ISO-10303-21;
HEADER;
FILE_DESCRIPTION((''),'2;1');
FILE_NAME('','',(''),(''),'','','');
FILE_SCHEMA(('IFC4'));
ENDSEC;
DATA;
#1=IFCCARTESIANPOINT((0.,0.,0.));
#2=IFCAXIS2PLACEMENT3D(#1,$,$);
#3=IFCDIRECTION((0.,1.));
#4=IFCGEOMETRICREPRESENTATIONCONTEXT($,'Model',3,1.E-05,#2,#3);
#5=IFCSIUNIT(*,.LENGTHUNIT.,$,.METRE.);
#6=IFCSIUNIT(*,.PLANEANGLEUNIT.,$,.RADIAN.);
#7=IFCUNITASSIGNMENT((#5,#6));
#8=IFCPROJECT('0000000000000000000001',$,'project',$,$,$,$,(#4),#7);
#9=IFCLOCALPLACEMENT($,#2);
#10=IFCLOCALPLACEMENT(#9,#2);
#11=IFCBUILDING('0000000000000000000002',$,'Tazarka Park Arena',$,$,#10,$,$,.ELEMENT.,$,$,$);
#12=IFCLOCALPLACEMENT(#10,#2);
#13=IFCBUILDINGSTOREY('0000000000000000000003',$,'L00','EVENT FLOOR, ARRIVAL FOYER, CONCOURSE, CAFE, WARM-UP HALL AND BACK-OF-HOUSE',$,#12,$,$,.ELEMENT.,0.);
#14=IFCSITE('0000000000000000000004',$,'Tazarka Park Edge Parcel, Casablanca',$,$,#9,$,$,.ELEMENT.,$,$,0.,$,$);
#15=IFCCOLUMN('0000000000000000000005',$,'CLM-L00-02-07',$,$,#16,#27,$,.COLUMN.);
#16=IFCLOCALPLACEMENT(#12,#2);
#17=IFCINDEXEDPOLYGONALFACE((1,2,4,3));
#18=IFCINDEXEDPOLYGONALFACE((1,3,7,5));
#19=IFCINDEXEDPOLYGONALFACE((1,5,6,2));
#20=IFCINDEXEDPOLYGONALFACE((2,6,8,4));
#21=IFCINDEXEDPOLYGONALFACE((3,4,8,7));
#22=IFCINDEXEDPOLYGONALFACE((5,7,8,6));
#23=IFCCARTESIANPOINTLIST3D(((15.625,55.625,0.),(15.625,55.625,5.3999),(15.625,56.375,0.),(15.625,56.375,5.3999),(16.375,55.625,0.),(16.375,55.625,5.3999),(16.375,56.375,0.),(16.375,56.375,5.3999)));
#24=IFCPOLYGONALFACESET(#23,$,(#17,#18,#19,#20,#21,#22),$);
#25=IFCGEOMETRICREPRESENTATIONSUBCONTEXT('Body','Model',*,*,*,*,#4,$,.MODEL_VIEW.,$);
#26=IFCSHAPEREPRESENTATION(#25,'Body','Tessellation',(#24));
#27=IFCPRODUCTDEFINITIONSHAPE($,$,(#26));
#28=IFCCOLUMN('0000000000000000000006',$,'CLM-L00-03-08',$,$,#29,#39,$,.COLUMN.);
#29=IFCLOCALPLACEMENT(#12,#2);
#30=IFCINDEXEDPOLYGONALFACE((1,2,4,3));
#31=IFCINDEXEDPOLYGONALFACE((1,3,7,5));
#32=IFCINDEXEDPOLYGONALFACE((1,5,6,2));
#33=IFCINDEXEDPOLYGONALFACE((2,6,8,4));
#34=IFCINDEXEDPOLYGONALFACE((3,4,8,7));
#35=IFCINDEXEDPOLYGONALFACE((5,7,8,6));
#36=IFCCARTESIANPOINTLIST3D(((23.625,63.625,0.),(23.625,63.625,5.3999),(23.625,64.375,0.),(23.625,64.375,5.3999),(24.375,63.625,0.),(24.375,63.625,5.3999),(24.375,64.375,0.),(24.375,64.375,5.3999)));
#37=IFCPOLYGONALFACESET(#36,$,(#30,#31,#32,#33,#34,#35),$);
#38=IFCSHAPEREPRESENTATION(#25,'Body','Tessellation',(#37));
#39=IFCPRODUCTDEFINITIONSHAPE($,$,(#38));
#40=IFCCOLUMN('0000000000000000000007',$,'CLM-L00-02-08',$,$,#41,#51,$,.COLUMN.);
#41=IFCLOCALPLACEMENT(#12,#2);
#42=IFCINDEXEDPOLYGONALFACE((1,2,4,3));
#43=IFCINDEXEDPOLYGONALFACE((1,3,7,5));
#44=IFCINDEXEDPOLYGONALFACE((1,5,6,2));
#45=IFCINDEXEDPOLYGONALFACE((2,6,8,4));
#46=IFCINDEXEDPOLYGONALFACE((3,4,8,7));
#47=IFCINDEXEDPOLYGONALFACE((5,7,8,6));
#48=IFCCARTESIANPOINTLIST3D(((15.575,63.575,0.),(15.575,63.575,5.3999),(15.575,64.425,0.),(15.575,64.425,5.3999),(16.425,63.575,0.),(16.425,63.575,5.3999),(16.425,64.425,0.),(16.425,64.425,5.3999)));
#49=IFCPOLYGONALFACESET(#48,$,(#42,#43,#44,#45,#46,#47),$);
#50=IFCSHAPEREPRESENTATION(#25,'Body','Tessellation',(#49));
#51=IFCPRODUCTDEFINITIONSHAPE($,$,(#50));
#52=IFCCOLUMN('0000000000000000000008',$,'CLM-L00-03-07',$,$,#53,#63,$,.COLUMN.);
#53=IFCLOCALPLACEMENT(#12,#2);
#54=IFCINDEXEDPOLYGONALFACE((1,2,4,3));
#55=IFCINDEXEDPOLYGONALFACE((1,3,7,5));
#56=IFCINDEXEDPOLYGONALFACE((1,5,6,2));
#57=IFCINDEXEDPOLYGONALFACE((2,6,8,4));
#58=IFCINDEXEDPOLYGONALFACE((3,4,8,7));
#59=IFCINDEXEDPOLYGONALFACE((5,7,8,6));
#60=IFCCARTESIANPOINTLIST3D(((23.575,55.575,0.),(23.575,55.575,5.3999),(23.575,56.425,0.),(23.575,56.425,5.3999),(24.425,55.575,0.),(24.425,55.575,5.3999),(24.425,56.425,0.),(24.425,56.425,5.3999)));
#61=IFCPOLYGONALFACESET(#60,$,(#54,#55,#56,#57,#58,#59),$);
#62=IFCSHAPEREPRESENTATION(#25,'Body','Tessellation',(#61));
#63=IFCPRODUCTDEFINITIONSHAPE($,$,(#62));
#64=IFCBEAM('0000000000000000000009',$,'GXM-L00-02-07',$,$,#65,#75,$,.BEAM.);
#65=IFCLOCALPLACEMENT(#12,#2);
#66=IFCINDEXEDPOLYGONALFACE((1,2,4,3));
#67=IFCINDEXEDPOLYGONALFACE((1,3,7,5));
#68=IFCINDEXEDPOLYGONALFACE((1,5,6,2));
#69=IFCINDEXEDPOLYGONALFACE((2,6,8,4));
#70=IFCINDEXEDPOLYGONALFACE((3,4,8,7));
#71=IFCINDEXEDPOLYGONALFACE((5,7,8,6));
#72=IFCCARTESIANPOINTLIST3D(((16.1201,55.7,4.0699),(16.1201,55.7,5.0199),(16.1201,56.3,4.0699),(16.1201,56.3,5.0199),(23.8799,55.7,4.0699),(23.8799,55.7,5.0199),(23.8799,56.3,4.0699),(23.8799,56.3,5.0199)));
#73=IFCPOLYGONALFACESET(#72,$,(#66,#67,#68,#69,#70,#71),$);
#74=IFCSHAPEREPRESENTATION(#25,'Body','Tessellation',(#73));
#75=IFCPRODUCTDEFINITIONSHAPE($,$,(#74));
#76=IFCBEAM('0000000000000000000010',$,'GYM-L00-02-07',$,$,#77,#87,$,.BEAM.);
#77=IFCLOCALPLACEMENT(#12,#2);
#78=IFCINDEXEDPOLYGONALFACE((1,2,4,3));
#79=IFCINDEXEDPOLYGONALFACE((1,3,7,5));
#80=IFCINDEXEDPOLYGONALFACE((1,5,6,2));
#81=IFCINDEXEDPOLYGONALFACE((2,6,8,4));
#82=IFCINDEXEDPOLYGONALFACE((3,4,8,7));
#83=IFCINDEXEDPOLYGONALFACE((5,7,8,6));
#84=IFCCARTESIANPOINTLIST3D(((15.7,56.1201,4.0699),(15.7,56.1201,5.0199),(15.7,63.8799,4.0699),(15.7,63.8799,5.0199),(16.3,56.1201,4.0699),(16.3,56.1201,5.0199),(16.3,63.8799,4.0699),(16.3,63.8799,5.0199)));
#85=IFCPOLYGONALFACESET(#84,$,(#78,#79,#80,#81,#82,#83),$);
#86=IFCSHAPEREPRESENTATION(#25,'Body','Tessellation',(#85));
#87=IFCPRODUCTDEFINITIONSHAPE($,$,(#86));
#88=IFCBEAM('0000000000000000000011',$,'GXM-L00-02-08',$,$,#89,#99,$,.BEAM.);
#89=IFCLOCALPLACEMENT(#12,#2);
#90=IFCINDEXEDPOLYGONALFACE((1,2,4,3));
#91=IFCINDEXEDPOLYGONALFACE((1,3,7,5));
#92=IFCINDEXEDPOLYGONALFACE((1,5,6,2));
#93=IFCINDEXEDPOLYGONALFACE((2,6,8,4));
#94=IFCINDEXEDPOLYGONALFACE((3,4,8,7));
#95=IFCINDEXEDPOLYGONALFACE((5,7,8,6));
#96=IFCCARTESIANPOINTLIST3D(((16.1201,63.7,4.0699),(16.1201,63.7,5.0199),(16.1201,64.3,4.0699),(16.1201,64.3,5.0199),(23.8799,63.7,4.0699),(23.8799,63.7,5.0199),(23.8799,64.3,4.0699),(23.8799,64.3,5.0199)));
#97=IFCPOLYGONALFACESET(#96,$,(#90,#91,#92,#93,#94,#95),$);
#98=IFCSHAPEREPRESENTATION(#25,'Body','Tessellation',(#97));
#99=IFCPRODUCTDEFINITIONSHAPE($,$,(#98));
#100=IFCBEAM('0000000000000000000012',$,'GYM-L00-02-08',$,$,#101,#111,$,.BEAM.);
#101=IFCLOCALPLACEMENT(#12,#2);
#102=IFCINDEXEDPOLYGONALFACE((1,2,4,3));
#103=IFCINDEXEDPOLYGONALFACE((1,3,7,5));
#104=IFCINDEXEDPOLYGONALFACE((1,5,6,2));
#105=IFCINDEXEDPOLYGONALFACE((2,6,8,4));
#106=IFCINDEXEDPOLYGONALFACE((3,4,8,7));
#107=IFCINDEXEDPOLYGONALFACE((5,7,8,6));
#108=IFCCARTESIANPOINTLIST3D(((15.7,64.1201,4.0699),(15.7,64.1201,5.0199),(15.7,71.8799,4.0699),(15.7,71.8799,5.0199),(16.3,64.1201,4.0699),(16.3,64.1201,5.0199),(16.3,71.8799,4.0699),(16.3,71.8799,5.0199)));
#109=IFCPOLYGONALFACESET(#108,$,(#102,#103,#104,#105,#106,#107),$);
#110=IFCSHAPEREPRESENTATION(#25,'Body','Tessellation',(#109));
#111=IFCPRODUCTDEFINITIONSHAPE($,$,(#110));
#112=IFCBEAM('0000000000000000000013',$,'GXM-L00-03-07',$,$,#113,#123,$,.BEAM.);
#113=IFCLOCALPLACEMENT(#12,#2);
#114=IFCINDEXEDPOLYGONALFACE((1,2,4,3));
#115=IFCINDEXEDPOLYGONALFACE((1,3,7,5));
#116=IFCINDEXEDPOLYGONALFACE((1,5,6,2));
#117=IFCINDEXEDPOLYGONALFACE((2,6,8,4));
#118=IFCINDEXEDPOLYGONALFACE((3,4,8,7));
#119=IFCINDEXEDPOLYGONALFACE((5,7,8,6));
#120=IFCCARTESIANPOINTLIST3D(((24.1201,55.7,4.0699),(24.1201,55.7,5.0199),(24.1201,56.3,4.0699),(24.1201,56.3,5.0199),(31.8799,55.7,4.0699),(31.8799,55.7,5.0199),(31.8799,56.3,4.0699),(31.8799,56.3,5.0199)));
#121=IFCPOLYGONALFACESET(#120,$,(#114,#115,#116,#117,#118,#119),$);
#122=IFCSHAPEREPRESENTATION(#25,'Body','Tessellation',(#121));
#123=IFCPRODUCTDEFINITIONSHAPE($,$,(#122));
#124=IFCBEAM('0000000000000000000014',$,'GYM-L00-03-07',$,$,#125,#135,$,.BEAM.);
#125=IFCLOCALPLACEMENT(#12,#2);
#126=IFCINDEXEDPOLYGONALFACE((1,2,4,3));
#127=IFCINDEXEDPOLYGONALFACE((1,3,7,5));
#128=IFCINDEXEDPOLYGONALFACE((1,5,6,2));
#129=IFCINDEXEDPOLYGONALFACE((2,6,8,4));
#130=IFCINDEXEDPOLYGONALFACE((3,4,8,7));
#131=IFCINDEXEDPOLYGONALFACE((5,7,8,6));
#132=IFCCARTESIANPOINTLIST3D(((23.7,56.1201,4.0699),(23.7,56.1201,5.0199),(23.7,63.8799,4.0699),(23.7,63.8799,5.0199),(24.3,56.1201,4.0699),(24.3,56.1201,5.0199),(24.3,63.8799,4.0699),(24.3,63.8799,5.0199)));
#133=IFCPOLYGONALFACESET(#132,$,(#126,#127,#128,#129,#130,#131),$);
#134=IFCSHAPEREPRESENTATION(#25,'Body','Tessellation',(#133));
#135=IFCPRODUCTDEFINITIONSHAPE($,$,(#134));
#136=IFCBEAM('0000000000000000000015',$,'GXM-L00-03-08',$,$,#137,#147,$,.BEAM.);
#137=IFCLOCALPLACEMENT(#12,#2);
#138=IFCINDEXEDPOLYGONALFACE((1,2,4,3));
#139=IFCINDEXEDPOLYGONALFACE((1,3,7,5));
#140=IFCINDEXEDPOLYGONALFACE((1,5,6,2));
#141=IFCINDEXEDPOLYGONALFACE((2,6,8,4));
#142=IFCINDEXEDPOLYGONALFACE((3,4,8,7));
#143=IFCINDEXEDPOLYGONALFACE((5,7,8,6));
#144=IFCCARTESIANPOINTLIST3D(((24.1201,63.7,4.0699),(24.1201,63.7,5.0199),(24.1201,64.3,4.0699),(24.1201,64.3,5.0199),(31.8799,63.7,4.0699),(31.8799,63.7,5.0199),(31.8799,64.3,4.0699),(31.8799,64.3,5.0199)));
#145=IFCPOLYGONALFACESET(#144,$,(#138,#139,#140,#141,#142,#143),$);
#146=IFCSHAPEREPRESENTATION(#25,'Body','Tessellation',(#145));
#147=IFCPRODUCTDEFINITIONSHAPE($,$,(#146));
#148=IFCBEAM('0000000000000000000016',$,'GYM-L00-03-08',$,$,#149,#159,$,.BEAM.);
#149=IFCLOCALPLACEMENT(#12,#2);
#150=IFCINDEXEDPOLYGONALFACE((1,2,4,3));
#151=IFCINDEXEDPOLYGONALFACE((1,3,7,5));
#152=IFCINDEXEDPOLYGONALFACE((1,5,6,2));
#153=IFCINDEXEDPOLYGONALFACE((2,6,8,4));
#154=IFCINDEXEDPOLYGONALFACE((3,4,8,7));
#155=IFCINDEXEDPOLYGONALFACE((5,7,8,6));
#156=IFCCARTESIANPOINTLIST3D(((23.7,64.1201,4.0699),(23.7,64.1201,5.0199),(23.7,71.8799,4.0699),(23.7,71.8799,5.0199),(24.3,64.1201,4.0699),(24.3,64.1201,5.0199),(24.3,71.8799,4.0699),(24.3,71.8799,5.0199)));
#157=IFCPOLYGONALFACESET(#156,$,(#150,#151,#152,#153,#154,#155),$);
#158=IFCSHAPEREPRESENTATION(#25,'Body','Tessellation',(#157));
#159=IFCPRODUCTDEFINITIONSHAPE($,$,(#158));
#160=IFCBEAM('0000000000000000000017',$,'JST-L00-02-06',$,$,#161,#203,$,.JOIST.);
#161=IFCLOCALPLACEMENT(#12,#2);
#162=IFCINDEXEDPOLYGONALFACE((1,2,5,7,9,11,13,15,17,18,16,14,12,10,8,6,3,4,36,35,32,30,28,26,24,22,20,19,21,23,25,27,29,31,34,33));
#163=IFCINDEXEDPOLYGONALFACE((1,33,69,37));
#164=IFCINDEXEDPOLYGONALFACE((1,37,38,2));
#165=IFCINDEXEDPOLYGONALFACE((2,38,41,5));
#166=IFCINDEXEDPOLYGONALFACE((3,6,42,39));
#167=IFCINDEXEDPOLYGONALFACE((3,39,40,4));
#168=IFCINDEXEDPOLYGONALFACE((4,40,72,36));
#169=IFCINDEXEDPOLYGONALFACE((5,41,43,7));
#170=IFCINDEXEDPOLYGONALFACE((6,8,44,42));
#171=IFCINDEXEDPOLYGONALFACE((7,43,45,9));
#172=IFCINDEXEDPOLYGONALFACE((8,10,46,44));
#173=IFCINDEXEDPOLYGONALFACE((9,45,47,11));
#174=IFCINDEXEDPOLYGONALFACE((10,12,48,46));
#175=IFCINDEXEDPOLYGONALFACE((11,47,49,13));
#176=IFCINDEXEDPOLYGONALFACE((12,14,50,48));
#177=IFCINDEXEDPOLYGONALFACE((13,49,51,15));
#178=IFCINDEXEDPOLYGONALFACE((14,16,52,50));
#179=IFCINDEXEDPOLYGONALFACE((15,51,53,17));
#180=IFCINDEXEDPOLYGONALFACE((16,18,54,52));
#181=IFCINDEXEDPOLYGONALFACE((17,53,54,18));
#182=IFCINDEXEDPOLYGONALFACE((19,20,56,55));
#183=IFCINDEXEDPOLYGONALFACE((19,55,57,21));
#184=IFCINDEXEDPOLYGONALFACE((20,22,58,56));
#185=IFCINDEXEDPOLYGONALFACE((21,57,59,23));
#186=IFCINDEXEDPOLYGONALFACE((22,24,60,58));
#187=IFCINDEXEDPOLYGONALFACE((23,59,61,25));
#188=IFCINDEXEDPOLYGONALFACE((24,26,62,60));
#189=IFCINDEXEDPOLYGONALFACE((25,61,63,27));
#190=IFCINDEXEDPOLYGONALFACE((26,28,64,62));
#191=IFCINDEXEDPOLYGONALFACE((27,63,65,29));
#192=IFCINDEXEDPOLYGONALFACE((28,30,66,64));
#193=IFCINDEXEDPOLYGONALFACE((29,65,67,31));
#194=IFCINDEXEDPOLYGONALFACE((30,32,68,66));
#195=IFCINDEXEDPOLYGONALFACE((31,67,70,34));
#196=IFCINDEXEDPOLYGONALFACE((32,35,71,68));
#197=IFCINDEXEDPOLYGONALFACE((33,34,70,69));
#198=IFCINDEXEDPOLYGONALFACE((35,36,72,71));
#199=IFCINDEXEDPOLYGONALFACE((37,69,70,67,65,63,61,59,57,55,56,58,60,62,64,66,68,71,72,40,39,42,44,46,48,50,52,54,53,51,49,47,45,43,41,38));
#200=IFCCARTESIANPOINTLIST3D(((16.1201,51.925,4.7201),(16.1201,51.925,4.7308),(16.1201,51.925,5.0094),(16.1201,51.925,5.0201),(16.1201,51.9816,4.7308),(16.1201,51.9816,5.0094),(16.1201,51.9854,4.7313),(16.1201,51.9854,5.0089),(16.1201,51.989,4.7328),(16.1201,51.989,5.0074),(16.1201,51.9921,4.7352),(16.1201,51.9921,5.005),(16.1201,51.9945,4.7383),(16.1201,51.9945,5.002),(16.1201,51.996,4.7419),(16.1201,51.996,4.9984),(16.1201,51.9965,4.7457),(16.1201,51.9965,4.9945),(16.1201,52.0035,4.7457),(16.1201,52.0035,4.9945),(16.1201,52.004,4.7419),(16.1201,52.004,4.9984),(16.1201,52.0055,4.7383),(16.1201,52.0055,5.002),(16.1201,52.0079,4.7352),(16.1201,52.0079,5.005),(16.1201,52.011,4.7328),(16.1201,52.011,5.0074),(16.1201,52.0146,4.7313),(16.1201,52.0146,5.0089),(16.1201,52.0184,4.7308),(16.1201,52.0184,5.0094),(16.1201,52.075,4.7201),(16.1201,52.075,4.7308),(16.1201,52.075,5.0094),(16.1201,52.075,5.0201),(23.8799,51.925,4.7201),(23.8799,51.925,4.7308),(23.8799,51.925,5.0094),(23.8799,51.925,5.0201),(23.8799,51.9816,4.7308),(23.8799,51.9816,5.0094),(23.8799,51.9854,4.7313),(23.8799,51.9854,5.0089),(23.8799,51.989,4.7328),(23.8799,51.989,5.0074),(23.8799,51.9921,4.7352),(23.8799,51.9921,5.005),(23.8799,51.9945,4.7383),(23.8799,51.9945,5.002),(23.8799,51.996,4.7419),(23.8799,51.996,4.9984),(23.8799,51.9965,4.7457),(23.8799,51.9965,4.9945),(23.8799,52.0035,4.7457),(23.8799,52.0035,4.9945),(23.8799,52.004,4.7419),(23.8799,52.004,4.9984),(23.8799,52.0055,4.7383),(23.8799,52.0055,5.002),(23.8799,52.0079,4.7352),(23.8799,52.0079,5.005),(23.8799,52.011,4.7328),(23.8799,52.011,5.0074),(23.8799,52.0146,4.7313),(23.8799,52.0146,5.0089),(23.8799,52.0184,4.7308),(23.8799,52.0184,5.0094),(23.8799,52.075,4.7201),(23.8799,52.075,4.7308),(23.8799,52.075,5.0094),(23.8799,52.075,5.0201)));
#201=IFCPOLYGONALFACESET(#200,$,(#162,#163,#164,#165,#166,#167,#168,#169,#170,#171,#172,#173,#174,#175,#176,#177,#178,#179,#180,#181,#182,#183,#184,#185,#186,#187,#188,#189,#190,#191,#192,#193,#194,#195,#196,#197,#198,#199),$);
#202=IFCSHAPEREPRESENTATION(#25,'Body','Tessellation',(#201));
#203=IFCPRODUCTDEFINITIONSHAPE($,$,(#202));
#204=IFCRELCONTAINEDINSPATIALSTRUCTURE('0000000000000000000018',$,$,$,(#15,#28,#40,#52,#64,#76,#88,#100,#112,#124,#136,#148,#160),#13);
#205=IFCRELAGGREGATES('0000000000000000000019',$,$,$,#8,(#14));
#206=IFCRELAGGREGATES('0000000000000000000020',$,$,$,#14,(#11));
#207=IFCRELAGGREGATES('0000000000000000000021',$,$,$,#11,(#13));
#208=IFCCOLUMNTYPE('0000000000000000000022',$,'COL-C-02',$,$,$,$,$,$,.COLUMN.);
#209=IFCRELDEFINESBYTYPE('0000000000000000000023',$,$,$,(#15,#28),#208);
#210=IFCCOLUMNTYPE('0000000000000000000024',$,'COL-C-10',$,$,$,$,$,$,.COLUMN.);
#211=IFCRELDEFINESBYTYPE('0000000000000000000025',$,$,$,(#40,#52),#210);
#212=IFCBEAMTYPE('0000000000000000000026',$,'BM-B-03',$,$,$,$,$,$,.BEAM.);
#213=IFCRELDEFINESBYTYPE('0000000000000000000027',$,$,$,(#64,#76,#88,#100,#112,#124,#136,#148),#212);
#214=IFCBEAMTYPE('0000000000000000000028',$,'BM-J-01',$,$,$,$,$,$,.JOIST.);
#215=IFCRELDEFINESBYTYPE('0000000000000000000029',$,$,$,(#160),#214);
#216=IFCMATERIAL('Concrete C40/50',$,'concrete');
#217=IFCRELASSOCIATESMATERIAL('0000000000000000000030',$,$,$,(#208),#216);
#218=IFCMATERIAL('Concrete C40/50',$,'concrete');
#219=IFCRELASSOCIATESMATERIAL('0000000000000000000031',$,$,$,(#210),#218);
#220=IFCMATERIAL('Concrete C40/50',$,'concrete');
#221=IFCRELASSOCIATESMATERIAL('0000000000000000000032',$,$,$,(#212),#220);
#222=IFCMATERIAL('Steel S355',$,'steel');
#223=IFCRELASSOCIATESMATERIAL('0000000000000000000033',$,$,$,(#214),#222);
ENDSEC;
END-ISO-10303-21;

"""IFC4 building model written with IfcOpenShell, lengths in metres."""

from ifc_helpers import new_model, si_unit, direction, frame, origin, origin_2d, place, context, subcontext, project, spatial, rectangle, i_section, extrude, material, material_profile, profile_set, type_object, element, save


model = new_model("IFC4")

# Units and contexts
model_context = context("Model", 3, precision=1e-05, world=origin(), true_north=direction((0.0, 1.0)))
body_context = subcontext(model_context, "Body", "Model", "MODEL_VIEW")
ifc_project = project(units=[si_unit("LENGTHUNIT", "METRE"), si_unit("PLANEANGLEUNIT", "RADIAN")], contexts=[model_context])

# Site, building, storey
site_placement = place(None, origin())
site = spatial("IfcSite", under=ifc_project, at=site_placement, Name="Tazarka Park Edge Parcel, Casablanca", CompositionType="ELEMENT", RefElevation=0.0)
building_placement = place(site_placement, origin())
building = spatial("IfcBuilding", under=site, at=building_placement, Name="Tazarka Park Arena", CompositionType="ELEMENT")
storey_placement = place(building_placement, origin())
storey = spatial("IfcBuildingStorey", under=building, at=storey_placement, Name="L00", Description="EVENT FLOOR, ARRIVAL FOYER, CONCOURSE, CAFE, WARM-UP HALL AND BACK-OF-HOUSE", CompositionType="ELEMENT", Elevation=0.0)

# Columns
ifc_material_1 = material(Name="Concrete C40/50", Category="concrete")
ifc_material_profile_1 = material_profile(ifc_material_1, rectangle(XDim=0.75, YDim=0.75, at=origin_2d()), Name="Concrete C40/50")
ifc_profile_set_1 = profile_set([ifc_material_profile_1], Name="Concrete C40/50")
column_type_1 = type_object("IfcColumnType", Name="COL-C-02", PredefinedType="COLUMN", material=ifc_profile_set_1)
for number, where, z_axis, x_axis, name in (
    (1, (16.0, 56.0, 0.0), (0.0, 0.0, 1.0), (1.0, 0.0, 0.0), "CLM-L00-02-07"),
    (2, (24.0, 64.0, 0.0), (0.0, 0.0, 1.0), (1.0, 0.0, 0.0), "CLM-L00-03-08"),
):
    element("IfcColumn", number, at=place(storey_placement, frame(where, z_axis=z_axis, x_axis=x_axis)), inside=storey, type_object=column_type_1, Name=name, PredefinedType="COLUMN", context=body_context, shape_type="SweptSolid", body=[
        extrude(rectangle(XDim=0.75, YDim=0.75, at=origin_2d()), origin(), (0.0, 0.0, 1.0), 5.3999),
    ])
ifc_material_2 = material(Name="Concrete C40/50", Category="concrete")
ifc_material_profile_2 = material_profile(ifc_material_2, rectangle(XDim=0.8501, YDim=0.8501, at=origin_2d()), Name="Concrete C40/50")
ifc_profile_set_2 = profile_set([ifc_material_profile_2], Name="Concrete C40/50")
column_type_2 = type_object("IfcColumnType", Name="COL-C-10", PredefinedType="COLUMN", material=ifc_profile_set_2)
for number, where, z_axis, x_axis, name in (
    (3, (16.0, 64.0, 0.0), (0.0, 0.0, 1.0), (1.0, 0.0, 0.0), "CLM-L00-02-08"),
    (4, (24.0, 56.0, 0.0), (0.0, 0.0, 1.0), (1.0, 0.0, 0.0), "CLM-L00-03-07"),
):
    element("IfcColumn", number, at=place(storey_placement, frame(where, z_axis=z_axis, x_axis=x_axis)), inside=storey, type_object=column_type_2, Name=name, PredefinedType="COLUMN", context=body_context, shape_type="SweptSolid", body=[
        extrude(rectangle(XDim=0.8501, YDim=0.8501, at=origin_2d()), origin(), (0.0, 0.0, 1.0), 5.3999),
    ])

# Beams
ifc_material_3 = material(Name="Concrete C40/50", Category="concrete")
ifc_material_profile_3 = material_profile(ifc_material_3, rectangle(XDim=0.6001, YDim=0.95, at=origin_2d()), Name="Concrete C40/50")
ifc_profile_set_3 = profile_set([ifc_material_profile_3], Name="Concrete C40/50")
beam_type_1 = type_object("IfcBeamType", Name="BM-B-03", PredefinedType="BEAM", material=ifc_profile_set_3)
for number, where, z_axis, x_axis, name in (
    (5, (16.1201, 56.0, 4.5449), (1.0, 0.0, 0.0), (0.0, 1.0, 0.0), "GXM-L00-02-07"),
    (6, (16.0, 56.1201, 4.5449), (0.0, 1.0, 0.0), (-1.0, 0.0, 0.0), "GYM-L00-02-07"),
    (7, (16.1201, 64.0, 4.5449), (1.0, 0.0, 0.0), (0.0, 1.0, 0.0), "GXM-L00-02-08"),
    (8, (16.0, 64.1201, 4.5449), (0.0, 1.0, 0.0), (-1.0, 0.0, 0.0), "GYM-L00-02-08"),
    (9, (24.1201, 56.0, 4.5449), (1.0, 0.0, 0.0), (0.0, 1.0, 0.0), "GXM-L00-03-07"),
    (10, (24.0, 56.1201, 4.5449), (0.0, 1.0, 0.0), (-1.0, 0.0, 0.0), "GYM-L00-03-07"),
    (11, (24.1201, 64.0, 4.5449), (1.0, 0.0, 0.0), (0.0, 1.0, 0.0), "GXM-L00-03-08"),
    (12, (24.0, 64.1201, 4.5449), (0.0, 1.0, 0.0), (-1.0, 0.0, 0.0), "GYM-L00-03-08"),
):
    element("IfcBeam", number, at=place(storey_placement, frame(where, z_axis=z_axis, x_axis=x_axis)), inside=storey, type_object=beam_type_1, Name=name, PredefinedType="BEAM", context=body_context, shape_type="SweptSolid", body=[
        extrude(rectangle(XDim=0.6001, YDim=0.95, at=origin_2d()), origin(), (0.0, 0.0, 1.0), 7.7598),
    ])
ifc_material_4 = material(Name="Steel S355", Category="steel")
ifc_material_profile_4 = material_profile(ifc_material_4, i_section(OverallWidth=0.1499, OverallDepth=0.3, WebThickness=0.0071, FlangeThickness=0.0107, FilletRadius=0.0149, at=origin_2d()), Name="Steel S355")
ifc_profile_set_4 = profile_set([ifc_material_profile_4], Name="Steel S355")
beam_type_2 = type_object("IfcBeamType", Name="BM-J-01", PredefinedType="JOIST", material=ifc_profile_set_4)
beam_1_placement = place(storey_placement, frame((16.1201, 52.0, 4.8701), z_axis=(1.0, 0.0, 0.0), x_axis=(0.0, 1.0, 0.0)))
element("IfcBeam", 13, at=beam_1_placement, inside=storey, type_object=beam_type_2, Name="JST-L00-02-06", PredefinedType="JOIST", context=body_context, shape_type="SweptSolid", body=[
    extrude(i_section(OverallWidth=0.1499, OverallDepth=0.3, WebThickness=0.0071, FlangeThickness=0.0107, FilletRadius=0.0149, at=origin_2d()), origin(), (0.0, 0.0, 1.0), 7.7598),
])

save(model, "model.ifc")
